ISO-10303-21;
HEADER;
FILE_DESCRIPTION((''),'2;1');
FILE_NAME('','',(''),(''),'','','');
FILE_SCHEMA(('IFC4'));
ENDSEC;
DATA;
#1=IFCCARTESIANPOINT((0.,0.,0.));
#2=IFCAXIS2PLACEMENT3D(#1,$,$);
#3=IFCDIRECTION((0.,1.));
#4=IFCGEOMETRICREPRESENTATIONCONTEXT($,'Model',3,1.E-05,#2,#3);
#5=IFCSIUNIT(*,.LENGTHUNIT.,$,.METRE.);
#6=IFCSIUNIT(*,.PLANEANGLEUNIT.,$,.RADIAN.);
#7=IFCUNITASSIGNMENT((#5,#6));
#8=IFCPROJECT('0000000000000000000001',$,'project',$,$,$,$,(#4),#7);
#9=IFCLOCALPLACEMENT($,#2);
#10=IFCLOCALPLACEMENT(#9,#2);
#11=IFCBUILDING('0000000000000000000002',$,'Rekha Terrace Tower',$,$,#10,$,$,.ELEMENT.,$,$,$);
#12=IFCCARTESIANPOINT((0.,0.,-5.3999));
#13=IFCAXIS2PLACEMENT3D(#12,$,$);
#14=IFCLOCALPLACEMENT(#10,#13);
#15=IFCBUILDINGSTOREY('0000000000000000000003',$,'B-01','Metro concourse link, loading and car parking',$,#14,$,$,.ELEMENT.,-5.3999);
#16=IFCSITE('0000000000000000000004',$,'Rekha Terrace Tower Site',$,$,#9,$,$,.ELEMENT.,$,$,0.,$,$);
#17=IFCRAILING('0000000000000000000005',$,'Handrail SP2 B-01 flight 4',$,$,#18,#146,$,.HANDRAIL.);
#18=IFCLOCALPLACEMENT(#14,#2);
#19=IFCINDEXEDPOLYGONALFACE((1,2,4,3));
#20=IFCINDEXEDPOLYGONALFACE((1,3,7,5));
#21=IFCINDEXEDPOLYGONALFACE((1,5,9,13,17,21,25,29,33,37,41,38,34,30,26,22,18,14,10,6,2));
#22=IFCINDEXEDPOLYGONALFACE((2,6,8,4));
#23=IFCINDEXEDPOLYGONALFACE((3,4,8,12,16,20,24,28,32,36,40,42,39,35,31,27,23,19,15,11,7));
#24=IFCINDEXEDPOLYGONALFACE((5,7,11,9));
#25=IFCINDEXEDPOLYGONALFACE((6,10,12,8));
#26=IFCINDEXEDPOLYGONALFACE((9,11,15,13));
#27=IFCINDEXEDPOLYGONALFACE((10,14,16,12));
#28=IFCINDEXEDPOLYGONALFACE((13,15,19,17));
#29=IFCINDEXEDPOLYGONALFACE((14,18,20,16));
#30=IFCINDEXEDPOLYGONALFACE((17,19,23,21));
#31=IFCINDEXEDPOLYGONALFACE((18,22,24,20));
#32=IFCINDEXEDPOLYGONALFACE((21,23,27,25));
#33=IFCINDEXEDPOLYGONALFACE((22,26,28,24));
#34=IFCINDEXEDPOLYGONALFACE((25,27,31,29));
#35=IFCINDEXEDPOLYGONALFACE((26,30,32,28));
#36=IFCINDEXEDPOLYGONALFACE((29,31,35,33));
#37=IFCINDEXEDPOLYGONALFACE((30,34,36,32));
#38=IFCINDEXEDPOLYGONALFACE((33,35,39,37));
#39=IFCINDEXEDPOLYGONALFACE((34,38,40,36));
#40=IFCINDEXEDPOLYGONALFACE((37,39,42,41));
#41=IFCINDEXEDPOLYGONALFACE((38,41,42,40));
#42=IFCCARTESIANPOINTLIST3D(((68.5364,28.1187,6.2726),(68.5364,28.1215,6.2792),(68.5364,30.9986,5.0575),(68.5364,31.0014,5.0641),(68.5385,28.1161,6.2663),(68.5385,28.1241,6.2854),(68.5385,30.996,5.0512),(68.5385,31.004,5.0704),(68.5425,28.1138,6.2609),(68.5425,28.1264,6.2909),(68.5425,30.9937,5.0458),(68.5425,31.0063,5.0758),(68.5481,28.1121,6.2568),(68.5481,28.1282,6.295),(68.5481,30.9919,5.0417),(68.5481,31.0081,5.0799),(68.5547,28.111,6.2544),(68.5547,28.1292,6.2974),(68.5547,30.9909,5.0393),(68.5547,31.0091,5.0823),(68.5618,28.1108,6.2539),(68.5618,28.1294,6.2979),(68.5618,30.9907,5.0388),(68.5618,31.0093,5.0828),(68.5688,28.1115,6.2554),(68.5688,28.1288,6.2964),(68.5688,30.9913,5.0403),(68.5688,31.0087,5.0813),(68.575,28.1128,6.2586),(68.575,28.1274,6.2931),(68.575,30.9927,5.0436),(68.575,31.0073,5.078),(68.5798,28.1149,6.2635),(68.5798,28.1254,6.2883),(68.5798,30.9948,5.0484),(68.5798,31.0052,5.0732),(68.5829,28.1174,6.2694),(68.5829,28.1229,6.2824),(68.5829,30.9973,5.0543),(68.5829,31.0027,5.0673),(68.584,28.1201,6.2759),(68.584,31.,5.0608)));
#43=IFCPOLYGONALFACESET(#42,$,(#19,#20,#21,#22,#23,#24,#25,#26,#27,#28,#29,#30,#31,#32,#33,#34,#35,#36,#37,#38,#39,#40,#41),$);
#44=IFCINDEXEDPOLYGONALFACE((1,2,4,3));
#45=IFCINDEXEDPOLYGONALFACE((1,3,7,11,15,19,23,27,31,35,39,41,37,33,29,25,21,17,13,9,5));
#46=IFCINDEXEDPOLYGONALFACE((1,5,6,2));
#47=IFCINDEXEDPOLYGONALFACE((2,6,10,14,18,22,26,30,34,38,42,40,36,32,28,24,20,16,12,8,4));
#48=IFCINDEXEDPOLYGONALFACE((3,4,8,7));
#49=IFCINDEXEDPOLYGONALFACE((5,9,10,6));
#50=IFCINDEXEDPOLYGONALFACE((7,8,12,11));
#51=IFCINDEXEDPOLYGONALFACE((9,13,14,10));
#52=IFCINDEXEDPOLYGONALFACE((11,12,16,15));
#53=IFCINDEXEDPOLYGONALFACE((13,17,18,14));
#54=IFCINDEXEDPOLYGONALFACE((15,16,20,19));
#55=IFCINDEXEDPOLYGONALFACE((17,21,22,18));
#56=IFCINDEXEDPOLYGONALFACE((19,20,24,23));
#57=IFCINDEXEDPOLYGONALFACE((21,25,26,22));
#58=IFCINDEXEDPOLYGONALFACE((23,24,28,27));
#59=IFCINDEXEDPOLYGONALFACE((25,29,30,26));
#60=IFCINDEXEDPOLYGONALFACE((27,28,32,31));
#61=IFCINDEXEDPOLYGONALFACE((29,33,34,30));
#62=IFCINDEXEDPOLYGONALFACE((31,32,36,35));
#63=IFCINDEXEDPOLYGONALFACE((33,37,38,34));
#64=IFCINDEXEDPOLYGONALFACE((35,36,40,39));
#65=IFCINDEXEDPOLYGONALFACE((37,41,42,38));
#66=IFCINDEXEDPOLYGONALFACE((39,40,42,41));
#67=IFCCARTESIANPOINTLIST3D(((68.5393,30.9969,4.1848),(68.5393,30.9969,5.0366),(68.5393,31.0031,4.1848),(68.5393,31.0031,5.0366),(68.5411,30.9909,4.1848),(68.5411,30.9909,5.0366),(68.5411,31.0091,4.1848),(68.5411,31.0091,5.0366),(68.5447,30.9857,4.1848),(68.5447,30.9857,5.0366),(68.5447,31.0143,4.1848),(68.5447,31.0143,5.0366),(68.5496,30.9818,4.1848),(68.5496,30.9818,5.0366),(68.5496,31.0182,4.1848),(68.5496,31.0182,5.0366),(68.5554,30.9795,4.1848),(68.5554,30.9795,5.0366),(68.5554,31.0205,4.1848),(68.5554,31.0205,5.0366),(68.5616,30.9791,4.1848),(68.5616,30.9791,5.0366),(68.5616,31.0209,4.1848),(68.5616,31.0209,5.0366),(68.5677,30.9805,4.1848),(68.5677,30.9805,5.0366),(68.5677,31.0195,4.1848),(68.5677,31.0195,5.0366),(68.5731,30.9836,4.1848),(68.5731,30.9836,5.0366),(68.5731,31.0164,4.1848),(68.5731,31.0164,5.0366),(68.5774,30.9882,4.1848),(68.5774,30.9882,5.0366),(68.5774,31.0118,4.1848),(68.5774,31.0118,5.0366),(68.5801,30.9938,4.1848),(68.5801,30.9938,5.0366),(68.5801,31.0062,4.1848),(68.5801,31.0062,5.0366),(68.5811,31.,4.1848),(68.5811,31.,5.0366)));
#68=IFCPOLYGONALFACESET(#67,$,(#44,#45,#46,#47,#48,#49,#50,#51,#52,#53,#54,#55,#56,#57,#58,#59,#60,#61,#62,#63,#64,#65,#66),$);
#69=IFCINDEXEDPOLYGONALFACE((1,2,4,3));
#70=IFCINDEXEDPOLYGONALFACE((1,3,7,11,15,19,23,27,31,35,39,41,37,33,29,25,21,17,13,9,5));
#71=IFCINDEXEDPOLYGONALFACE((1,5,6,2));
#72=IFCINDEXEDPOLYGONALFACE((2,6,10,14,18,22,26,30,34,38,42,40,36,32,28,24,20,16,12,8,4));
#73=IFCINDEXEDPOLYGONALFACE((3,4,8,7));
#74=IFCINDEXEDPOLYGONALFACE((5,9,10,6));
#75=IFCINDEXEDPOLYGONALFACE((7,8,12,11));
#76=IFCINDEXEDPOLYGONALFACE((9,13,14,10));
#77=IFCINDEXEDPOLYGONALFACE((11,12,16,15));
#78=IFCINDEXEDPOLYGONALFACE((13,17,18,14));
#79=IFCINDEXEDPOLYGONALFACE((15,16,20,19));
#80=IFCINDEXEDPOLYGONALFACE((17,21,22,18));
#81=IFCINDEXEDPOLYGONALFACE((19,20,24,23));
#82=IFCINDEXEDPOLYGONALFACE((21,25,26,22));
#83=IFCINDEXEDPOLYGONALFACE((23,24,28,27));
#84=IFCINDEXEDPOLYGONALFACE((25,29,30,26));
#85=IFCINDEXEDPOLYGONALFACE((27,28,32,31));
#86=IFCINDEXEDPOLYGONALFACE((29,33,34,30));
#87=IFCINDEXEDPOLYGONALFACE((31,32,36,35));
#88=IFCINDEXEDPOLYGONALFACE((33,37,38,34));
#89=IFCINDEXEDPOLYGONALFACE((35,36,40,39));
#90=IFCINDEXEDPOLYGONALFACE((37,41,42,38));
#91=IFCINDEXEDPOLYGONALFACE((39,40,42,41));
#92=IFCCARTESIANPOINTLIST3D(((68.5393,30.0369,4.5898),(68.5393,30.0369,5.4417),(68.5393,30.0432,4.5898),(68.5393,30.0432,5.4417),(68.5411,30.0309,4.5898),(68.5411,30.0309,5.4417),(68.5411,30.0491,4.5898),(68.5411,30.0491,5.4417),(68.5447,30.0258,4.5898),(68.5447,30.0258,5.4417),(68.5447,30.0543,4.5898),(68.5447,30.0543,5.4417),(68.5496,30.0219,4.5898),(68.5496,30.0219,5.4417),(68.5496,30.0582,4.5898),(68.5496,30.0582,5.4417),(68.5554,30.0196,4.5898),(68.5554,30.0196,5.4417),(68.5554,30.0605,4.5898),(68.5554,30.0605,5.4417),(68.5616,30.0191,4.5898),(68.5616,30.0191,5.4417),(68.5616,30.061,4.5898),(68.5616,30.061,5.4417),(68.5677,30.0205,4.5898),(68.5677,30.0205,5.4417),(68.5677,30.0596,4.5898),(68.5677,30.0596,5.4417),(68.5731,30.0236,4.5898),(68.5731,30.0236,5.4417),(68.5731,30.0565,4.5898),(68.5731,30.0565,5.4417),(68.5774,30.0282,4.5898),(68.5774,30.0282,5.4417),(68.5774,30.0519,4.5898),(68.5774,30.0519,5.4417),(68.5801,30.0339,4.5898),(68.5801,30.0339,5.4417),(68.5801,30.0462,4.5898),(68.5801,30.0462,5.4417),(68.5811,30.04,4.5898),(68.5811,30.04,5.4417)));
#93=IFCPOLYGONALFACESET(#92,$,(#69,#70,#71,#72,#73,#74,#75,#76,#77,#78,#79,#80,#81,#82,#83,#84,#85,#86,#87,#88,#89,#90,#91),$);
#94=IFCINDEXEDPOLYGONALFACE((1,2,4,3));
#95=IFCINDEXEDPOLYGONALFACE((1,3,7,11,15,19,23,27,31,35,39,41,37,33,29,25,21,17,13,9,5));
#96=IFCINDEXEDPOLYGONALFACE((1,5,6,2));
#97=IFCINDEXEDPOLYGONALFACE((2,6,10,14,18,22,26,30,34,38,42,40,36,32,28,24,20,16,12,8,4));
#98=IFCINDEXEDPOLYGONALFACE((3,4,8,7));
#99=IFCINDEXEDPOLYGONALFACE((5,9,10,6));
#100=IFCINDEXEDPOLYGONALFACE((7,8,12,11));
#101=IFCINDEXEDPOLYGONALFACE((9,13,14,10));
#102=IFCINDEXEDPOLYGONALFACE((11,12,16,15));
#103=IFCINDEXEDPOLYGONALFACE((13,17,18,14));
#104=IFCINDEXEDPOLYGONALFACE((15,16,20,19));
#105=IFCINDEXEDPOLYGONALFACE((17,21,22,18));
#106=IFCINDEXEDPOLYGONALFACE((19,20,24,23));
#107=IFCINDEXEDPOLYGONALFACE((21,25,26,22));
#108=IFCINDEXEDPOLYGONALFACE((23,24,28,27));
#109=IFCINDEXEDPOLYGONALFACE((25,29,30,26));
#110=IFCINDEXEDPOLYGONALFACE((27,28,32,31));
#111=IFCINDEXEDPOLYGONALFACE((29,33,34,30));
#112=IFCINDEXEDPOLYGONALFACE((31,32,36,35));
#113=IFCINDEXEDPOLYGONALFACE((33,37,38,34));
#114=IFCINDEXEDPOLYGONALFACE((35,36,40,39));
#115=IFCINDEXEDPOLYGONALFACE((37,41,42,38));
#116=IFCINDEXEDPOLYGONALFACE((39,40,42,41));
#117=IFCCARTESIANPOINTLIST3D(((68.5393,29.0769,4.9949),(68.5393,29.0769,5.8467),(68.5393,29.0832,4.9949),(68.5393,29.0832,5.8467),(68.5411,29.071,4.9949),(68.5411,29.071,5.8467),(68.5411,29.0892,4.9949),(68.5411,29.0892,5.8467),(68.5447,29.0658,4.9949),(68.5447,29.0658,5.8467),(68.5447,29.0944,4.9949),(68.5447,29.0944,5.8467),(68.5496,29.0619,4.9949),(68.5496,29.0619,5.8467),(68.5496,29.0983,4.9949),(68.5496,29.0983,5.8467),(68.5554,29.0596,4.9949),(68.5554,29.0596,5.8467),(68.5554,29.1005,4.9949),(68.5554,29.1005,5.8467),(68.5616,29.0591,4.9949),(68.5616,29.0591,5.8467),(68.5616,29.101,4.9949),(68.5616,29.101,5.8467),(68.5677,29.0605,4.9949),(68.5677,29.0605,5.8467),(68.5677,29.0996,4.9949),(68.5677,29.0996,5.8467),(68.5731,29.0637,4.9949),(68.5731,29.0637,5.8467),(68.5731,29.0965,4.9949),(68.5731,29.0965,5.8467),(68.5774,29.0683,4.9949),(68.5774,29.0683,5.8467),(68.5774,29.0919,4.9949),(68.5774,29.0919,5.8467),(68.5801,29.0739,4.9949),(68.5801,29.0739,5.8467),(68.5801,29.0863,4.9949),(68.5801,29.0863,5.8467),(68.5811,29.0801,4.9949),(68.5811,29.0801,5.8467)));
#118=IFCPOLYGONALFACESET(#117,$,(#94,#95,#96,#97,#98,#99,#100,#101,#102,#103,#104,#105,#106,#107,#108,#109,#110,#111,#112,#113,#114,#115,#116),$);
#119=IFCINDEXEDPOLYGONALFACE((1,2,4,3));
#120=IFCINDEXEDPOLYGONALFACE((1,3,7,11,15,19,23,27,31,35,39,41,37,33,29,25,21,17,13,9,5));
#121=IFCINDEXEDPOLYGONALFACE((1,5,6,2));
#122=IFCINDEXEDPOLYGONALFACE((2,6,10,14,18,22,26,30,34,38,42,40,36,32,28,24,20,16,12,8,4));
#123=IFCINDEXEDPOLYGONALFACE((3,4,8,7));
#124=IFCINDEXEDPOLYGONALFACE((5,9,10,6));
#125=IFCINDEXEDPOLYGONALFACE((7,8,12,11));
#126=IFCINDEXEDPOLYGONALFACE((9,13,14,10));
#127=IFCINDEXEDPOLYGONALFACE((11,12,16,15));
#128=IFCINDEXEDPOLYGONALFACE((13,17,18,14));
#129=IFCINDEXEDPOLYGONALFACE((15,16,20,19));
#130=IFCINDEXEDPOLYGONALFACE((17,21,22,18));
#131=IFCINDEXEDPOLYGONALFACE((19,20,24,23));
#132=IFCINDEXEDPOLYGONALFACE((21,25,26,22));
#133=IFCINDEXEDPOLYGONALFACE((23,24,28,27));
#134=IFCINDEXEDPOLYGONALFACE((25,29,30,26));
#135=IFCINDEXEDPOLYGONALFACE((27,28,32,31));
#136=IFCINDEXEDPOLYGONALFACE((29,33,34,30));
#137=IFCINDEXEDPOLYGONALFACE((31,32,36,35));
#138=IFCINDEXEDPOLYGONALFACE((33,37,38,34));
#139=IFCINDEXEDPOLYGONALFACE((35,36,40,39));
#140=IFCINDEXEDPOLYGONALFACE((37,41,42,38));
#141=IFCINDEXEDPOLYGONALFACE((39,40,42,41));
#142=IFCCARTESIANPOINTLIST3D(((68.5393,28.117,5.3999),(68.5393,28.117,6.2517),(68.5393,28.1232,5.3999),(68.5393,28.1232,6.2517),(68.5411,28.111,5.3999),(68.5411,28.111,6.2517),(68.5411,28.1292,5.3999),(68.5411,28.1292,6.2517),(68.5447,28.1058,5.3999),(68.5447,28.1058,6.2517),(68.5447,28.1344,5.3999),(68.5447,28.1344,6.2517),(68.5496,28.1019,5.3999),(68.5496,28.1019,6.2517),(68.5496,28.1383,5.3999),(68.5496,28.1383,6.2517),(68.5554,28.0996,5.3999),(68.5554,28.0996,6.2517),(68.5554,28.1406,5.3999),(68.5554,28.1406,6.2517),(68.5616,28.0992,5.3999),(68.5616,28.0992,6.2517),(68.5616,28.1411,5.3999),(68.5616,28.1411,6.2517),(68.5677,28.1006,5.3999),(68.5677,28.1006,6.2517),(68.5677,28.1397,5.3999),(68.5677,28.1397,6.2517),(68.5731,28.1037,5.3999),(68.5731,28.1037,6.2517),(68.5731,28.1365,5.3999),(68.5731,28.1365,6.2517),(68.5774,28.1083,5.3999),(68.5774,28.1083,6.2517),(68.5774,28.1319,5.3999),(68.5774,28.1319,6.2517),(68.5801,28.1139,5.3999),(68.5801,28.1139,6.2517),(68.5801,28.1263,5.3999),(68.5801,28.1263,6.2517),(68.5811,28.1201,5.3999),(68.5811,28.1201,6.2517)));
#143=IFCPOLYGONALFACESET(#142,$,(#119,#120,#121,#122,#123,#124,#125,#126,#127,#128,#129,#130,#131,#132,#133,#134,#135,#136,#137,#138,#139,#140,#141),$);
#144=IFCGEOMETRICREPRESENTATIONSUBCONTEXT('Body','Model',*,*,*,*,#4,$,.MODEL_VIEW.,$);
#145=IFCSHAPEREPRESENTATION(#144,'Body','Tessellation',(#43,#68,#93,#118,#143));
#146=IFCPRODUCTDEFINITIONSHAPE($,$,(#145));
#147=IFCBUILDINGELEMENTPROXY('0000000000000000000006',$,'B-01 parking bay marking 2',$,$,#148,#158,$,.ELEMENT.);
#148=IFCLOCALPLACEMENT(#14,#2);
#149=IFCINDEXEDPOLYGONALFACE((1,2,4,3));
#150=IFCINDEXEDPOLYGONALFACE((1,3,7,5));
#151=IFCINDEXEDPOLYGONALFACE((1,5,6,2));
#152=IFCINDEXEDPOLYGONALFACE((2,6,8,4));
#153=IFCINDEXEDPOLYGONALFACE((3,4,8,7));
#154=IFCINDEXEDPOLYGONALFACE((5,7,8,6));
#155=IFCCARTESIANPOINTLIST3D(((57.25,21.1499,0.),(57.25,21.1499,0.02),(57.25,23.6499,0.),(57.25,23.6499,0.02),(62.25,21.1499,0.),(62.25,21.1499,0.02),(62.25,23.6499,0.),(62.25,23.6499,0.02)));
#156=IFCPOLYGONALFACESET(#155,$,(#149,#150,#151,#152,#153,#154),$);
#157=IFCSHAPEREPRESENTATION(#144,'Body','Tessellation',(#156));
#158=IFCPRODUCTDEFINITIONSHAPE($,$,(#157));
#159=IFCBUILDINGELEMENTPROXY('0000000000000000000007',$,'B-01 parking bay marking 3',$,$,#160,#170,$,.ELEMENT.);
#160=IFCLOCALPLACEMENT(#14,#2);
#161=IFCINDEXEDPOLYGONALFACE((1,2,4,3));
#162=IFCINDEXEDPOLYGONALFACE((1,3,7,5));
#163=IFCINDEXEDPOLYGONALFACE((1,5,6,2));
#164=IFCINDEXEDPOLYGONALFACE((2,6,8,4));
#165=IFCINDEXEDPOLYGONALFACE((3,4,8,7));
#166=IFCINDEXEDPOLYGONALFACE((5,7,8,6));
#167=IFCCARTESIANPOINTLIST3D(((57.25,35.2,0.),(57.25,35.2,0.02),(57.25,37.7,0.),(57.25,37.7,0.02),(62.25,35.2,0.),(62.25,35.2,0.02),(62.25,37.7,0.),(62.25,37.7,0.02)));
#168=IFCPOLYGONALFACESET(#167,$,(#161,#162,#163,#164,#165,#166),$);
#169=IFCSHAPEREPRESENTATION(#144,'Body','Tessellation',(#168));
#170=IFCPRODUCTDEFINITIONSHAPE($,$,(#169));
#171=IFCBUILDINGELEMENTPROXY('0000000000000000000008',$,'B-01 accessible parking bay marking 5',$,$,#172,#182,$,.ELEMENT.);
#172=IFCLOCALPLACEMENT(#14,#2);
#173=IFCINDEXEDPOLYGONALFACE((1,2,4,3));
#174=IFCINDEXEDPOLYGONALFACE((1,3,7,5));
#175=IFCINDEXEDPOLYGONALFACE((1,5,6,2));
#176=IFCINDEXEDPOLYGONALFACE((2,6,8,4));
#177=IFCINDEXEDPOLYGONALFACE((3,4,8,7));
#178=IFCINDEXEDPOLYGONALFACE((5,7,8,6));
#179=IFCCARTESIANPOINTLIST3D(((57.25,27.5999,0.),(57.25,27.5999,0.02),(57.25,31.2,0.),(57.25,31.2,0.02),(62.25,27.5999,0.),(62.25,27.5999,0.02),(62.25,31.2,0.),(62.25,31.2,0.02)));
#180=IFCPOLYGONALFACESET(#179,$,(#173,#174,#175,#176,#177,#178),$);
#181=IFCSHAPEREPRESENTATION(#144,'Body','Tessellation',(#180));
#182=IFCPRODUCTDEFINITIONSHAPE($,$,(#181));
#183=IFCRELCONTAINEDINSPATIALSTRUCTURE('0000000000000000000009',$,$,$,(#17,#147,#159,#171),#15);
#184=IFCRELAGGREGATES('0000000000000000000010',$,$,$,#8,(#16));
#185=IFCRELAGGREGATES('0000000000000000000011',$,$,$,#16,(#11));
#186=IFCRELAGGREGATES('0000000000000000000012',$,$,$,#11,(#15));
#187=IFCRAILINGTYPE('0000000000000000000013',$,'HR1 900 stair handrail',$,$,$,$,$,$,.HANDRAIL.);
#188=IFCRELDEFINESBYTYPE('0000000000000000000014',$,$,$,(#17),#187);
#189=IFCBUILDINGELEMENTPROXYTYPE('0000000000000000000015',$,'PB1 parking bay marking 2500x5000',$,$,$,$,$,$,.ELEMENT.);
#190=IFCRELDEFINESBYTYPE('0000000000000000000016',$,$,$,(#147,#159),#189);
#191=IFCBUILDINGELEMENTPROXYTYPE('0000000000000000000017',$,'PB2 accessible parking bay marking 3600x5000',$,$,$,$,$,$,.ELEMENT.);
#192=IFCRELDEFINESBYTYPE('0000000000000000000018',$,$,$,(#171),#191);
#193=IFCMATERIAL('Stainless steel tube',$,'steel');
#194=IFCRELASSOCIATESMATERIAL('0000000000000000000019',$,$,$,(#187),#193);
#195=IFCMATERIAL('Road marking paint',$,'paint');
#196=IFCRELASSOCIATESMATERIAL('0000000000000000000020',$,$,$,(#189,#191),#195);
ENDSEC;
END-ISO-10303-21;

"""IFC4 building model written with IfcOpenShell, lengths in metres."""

from ifc_helpers import new_model, si_unit, direction, frame, origin, origin_2d, place, context, subcontext, project, spatial, rectangle, circle, extrude, material, type_object, element, save


model = new_model("IFC4")

# Units and contexts
model_context = context("Model", 3, precision=1e-05, world=origin(), true_north=direction((0.0, 1.0)))
body_context = subcontext(model_context, "Body", "Model", "MODEL_VIEW")
ifc_project = project(units=[si_unit("LENGTHUNIT", "METRE"), si_unit("PLANEANGLEUNIT", "RADIAN")], contexts=[model_context])

# Site, building, storey
site_placement = place(None, origin())
site = spatial("IfcSite", under=ifc_project, at=site_placement, Name="Rekha Terrace Tower Site", CompositionType="ELEMENT", RefElevation=0.0)
building_placement = place(site_placement, origin())
building = spatial("IfcBuilding", under=site, at=building_placement, Name="Rekha Terrace Tower", CompositionType="ELEMENT")
storey_placement = place(building_placement, frame((0.0, 0.0, -5.3999)))
storey = spatial("IfcBuildingStorey", under=building, at=storey_placement, Name="B-01", Description="Metro concourse link, loading and car parking", CompositionType="ELEMENT", Elevation=-5.3999)

# Railing
ifc_material_1 = material(Name="Stainless steel tube", Category="steel")
railing_type = type_object("IfcRailingType", Name="HR1 900 stair handrail", PredefinedType="HANDRAIL", material=ifc_material_1)
railing_placement = place(storey_placement, frame((68.5601, 31.0, 4.1848)))
element("IfcRailing", 1, at=railing_placement, inside=storey, type_object=railing_type, Name="Handrail SP2 B-01 flight 4", PredefinedType="HANDRAIL", context=body_context, shape_type="SweptSolid", body=[
    extrude(circle(Radius=0.0239, at=origin_2d()), frame((0.0, 0.0, 0.876), z_axis=(0.0, -0.921348, 0.388738), x_axis=(1.0, 0.0, 0.0)), (0.0, 0.0, 1.0), 3.1257),
    extrude(circle(Radius=0.021, at=origin_2d()), origin(), (0.0, 0.0, 1.0), 0.8518),
    extrude(circle(Radius=0.021, at=origin_2d()), frame((0.0, -0.96, 0.405)), (0.0, 0.0, 1.0), 0.8518),
    extrude(circle(Radius=0.021, at=origin_2d()), frame((0.0, -1.9199, 0.8101)), (0.0, 0.0, 1.0), 0.8518),
    extrude(circle(Radius=0.021, at=origin_2d()), frame((0.0, -2.8799, 1.2151)), (0.0, 0.0, 1.0), 0.8518),
])

# Building element proxies
ifc_material_2 = material(Name="Road marking paint", Category="paint")
building_element_proxy_type_1 = type_object("IfcBuildingElementProxyType", Name="PB1 parking bay marking 2500x5000", PredefinedType="ELEMENT", material=ifc_material_2)
for number, where, z_axis, x_axis, name in (
    (2, (59.75, 22.3999, 0.0), (0.0, 0.0, 1.0), (1.0, 0.0, 0.0), "B-01 parking bay marking 2"),
    (3, (59.75, 36.45, 0.0), (0.0, 0.0, 1.0), (1.0, 0.0, 0.0), "B-01 parking bay marking 3"),
):
    element("IfcBuildingElementProxy", number, at=place(storey_placement, frame(where, z_axis=z_axis, x_axis=x_axis)), inside=storey, type_object=building_element_proxy_type_1, Name=name, PredefinedType="ELEMENT", context=body_context, shape_type="SweptSolid", body=[
        extrude(rectangle(XDim=5.0, YDim=2.5, at=origin_2d()), origin(), (0.0, 0.0, 1.0), 0.02),
    ])
building_element_proxy_type_2 = type_object("IfcBuildingElementProxyType", Name="PB2 accessible parking bay marking 3600x5000", PredefinedType="ELEMENT", material=ifc_material_2)
proxy_placement = place(storey_placement, frame((59.75, 29.3999, 0.0), z_axis=(0.0, 0.0, 1.0), x_axis=(1.0, 0.0, 0.0)))
element("IfcBuildingElementProxy", 4, at=proxy_placement, inside=storey, type_object=building_element_proxy_type_2, Name="B-01 accessible parking bay marking 5", PredefinedType="ELEMENT", context=body_context, shape_type="SweptSolid", body=[
    extrude(rectangle(XDim=5.0, YDim=3.6001, at=origin_2d()), origin(), (0.0, 0.0, 1.0), 0.02),
])

save(model, "model.ifc")
